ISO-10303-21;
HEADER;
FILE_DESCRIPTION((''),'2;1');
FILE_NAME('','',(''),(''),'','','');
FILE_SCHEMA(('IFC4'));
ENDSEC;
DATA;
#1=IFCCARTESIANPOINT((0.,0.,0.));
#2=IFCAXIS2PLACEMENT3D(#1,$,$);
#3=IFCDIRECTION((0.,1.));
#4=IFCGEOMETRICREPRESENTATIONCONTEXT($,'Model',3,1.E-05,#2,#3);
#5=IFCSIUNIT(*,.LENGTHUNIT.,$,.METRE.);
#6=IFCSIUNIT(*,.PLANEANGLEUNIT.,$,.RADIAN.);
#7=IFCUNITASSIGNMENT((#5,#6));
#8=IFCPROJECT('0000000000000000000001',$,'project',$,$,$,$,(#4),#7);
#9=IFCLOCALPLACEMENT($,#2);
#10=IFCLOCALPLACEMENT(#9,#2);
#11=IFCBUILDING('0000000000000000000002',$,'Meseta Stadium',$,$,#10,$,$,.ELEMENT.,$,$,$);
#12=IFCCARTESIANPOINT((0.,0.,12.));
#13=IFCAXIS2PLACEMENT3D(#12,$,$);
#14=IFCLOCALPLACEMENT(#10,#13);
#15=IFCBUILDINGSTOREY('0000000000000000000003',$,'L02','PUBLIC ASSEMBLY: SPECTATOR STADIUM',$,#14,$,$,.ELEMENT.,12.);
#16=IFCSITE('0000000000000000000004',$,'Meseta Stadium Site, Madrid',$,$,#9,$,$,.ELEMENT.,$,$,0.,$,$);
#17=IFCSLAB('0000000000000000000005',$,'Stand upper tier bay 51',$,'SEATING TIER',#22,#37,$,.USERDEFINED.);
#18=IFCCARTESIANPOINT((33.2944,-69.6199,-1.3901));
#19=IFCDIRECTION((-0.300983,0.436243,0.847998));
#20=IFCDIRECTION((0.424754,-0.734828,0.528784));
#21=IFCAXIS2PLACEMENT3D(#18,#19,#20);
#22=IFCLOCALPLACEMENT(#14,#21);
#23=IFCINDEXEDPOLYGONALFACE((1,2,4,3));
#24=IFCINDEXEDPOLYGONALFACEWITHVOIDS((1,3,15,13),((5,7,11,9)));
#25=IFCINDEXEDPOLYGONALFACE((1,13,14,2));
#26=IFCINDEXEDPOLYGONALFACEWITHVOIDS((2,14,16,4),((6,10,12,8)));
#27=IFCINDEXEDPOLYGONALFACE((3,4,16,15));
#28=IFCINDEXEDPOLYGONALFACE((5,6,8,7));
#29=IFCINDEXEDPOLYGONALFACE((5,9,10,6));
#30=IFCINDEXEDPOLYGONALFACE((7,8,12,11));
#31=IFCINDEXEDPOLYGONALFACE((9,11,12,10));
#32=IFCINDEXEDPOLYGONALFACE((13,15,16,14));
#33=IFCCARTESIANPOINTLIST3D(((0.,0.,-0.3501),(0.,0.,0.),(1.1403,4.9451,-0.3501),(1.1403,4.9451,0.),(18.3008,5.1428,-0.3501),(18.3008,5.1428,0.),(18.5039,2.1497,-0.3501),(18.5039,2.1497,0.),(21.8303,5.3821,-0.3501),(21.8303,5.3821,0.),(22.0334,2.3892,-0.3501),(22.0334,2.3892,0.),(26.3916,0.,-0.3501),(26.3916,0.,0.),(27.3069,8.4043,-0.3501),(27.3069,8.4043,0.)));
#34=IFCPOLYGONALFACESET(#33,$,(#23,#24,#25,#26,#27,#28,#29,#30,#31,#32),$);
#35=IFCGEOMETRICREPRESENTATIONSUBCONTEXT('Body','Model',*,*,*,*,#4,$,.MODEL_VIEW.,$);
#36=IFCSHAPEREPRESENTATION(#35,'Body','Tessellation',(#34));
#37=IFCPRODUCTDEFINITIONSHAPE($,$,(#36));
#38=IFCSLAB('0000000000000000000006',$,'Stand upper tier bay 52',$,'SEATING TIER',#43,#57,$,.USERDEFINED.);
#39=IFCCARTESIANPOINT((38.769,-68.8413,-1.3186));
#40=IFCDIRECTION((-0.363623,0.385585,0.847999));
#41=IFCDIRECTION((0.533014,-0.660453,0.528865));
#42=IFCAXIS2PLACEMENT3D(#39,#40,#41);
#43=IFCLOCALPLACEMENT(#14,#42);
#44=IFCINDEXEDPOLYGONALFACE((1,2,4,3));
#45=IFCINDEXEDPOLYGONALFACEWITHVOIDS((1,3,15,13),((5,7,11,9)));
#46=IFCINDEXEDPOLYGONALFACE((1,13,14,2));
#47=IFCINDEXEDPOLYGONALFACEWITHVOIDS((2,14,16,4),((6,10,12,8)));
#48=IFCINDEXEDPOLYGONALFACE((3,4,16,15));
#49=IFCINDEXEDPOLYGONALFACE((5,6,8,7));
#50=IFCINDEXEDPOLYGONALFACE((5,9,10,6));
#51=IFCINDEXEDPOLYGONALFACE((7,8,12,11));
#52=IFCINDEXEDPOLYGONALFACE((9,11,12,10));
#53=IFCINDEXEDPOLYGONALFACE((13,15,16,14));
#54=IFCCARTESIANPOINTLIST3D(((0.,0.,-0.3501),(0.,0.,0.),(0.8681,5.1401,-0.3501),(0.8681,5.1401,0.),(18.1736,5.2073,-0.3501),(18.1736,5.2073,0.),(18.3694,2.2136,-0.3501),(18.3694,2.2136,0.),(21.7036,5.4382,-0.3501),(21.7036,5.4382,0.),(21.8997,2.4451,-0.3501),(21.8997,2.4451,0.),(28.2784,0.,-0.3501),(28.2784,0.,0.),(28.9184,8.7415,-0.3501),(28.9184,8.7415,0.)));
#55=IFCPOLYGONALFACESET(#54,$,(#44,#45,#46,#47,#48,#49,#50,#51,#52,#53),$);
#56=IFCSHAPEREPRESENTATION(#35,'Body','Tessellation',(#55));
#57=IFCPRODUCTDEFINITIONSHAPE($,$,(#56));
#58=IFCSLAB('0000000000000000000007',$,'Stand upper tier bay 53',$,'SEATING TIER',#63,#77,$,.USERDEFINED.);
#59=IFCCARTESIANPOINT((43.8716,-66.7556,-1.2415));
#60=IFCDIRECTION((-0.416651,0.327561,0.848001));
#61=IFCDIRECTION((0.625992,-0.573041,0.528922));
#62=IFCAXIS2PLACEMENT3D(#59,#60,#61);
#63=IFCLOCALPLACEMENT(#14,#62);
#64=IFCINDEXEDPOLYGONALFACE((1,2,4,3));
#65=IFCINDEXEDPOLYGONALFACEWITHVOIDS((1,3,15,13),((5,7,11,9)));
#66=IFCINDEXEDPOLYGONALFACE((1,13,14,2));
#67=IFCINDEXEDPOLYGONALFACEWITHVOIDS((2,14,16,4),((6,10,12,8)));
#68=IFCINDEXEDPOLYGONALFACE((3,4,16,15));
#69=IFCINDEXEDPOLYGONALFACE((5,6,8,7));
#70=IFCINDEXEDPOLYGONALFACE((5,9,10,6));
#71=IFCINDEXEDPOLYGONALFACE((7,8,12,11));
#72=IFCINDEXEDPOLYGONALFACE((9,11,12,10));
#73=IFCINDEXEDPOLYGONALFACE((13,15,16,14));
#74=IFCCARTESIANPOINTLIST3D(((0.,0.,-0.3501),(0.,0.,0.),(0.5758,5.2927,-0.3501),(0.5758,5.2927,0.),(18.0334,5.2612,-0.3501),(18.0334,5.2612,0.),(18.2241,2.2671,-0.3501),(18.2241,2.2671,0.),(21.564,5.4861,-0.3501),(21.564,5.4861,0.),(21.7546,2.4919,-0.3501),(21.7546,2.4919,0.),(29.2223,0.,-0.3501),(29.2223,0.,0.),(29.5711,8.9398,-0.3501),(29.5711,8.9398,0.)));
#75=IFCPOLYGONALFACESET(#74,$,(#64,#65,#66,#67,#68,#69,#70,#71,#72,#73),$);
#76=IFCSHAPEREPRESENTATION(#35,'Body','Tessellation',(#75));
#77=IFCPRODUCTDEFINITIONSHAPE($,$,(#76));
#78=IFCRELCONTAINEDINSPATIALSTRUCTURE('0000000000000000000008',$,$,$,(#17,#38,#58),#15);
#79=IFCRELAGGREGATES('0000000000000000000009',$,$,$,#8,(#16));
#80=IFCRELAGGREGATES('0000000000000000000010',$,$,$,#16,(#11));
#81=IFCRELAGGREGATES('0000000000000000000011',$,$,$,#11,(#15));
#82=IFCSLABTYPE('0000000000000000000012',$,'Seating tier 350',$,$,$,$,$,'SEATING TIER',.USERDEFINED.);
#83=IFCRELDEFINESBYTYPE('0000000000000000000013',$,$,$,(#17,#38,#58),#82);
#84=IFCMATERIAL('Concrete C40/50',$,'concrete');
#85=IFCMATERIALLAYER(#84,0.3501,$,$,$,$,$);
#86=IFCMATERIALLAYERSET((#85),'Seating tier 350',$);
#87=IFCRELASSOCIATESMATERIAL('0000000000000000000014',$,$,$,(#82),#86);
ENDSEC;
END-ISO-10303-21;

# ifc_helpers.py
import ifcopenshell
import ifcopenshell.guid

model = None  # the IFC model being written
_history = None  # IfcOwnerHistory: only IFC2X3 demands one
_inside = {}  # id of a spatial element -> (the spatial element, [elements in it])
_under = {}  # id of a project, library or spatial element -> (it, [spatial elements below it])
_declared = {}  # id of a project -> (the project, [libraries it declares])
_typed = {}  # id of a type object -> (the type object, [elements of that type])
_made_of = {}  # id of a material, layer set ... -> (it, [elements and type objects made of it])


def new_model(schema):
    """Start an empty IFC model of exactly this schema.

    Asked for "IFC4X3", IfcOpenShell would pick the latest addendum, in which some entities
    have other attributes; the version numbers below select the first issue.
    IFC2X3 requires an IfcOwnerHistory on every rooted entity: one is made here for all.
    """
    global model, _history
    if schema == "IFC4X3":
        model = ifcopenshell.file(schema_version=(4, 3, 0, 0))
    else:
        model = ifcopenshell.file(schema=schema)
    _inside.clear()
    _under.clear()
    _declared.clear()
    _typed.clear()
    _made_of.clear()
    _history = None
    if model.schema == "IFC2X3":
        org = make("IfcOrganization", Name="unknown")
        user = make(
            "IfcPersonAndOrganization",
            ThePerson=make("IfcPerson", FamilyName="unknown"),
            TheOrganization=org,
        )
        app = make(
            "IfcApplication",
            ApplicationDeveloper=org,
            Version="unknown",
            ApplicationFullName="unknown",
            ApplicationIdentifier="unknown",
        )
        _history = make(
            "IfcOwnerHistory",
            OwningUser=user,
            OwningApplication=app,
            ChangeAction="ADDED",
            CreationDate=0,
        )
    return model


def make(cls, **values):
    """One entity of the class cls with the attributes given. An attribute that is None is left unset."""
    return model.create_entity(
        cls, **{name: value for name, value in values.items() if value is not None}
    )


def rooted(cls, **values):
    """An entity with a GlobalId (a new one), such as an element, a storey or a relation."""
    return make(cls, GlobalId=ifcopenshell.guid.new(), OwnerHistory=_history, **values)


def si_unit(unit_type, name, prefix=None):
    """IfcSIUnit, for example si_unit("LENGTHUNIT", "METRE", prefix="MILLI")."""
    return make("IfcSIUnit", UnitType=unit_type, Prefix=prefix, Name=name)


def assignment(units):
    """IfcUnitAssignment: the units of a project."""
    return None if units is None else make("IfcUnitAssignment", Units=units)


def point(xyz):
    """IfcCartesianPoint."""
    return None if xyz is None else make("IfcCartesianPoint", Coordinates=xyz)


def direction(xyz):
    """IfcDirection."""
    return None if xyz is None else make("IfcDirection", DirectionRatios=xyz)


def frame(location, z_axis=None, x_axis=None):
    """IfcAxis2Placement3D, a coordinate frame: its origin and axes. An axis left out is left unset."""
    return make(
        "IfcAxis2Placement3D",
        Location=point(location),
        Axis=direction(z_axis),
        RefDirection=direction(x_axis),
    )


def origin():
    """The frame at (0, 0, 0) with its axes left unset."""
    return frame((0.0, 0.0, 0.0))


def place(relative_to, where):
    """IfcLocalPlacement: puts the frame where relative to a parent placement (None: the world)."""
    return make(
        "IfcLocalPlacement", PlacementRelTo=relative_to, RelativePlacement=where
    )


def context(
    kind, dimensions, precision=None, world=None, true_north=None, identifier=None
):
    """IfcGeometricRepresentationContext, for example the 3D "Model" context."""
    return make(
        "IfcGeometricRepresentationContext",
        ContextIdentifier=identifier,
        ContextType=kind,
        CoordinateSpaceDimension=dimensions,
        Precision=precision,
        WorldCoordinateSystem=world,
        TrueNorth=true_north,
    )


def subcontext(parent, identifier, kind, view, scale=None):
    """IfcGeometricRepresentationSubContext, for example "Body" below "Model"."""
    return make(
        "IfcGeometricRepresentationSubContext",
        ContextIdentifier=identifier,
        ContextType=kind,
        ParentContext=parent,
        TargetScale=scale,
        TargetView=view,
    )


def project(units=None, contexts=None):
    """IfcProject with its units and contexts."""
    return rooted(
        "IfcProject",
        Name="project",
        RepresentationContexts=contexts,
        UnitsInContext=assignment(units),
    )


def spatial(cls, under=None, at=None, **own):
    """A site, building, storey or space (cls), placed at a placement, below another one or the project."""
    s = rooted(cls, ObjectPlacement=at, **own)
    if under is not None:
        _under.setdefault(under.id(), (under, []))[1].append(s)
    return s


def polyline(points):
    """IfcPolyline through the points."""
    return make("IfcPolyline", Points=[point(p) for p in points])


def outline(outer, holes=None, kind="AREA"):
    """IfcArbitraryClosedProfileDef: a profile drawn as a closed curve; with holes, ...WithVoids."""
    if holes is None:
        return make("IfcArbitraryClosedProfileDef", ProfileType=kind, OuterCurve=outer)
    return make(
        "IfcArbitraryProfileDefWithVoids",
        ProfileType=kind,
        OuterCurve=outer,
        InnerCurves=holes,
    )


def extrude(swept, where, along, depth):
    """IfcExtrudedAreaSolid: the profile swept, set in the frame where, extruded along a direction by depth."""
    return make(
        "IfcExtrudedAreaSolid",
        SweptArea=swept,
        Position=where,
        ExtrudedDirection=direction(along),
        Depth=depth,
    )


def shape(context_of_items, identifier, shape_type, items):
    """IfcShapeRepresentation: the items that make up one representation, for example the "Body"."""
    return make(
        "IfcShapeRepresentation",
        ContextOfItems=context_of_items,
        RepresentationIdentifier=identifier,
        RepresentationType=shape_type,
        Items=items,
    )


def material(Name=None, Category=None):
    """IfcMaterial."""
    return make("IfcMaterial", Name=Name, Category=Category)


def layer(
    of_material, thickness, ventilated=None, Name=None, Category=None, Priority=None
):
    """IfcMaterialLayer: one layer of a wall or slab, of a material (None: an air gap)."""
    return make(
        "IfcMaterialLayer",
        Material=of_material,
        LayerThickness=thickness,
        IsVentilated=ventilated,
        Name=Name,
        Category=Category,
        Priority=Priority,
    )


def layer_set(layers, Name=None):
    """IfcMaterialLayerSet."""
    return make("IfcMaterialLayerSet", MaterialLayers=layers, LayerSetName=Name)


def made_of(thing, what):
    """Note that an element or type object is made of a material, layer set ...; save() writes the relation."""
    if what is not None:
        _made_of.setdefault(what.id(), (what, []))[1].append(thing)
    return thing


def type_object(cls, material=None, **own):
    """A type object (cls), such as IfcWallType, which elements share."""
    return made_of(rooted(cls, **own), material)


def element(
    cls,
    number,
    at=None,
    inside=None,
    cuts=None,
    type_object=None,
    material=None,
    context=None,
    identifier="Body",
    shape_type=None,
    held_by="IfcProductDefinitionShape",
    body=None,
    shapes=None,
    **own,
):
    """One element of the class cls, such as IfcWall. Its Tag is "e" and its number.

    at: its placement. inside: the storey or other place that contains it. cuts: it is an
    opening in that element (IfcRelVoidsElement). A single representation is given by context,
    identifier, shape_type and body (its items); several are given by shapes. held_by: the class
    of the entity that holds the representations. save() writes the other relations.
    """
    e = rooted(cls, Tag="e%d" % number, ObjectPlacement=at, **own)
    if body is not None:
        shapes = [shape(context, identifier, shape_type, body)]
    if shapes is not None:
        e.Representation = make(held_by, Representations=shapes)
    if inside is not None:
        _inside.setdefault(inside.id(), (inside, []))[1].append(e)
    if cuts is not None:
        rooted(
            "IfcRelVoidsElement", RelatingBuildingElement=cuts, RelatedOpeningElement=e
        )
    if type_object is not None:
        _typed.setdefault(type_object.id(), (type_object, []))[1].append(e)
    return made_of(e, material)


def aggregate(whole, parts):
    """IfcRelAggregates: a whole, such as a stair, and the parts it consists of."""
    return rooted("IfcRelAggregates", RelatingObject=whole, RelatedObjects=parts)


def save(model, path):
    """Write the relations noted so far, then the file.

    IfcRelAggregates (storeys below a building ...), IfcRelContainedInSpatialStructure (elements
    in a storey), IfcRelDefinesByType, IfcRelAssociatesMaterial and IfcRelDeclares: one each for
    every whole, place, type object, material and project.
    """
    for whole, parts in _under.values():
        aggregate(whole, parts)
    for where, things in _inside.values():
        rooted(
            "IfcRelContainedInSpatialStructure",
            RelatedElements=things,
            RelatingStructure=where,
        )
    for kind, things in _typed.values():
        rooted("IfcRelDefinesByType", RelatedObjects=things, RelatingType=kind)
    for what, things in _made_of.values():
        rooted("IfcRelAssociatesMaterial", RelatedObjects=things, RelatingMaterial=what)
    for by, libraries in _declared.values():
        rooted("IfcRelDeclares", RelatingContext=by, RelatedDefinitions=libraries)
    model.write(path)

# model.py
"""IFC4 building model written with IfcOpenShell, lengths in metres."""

from ifc_helpers import new_model, si_unit, direction, frame, origin, place, context, subcontext, project, spatial, polyline, outline, extrude, material, layer, layer_set, type_object, element, save


model = new_model("IFC4")

# Units and contexts
model_context = context("Model", 3, precision=1e-05, world=origin(), true_north=direction((0.0, 1.0)))
body_context = subcontext(model_context, "Body", "Model", "MODEL_VIEW")
ifc_project = project(units=[si_unit("LENGTHUNIT", "METRE"), si_unit("PLANEANGLEUNIT", "RADIAN")], contexts=[model_context])

# Site, building, storey
site_placement = place(None, origin())
site = spatial("IfcSite", under=ifc_project, at=site_placement, Name="Meseta Stadium Site, Madrid", CompositionType="ELEMENT", RefElevation=0.0)
building_placement = place(site_placement, origin())
building = spatial("IfcBuilding", under=site, at=building_placement, Name="Meseta Stadium", CompositionType="ELEMENT")
storey_placement = place(building_placement, frame((0.0, 0.0, 12.0)))
storey = spatial("IfcBuildingStorey", under=building, at=storey_placement, Name="L02", Description="PUBLIC ASSEMBLY: SPECTATOR STADIUM", CompositionType="ELEMENT", Elevation=12.0)

# Slabs
ifc_material_1 = material(Name="Concrete C40/50", Category="concrete")
ifc_layer_1 = layer(ifc_material_1, 0.3501)
ifc_layer_set_1 = layer_set([ifc_layer_1], Name="Seating tier 350")
slab_type = type_object("IfcSlabType", Name="Seating tier 350", ElementType="SEATING TIER", PredefinedType="USERDEFINED", material=ifc_layer_set_1)
slab_1_placement = place(storey_placement, frame((33.2944, -69.6199, -1.3901), z_axis=(-0.300983, 0.436243, 0.847998), x_axis=(0.424754, -0.734828, 0.528784)))
element("IfcSlab", 1, at=slab_1_placement, inside=storey, type_object=slab_type, Name="Stand upper tier bay 51", ObjectType="SEATING TIER", PredefinedType="USERDEFINED", context=body_context, shape_type="SweptSolid", body=[
    extrude(outline(polyline([(0.0, 0.0), (26.3916, 0.0), (27.3069, 8.4043), (1.1403, 4.9451), (0.0, 0.0)]), holes=[polyline([(18.5039, 2.1497), (22.0334, 2.3892), (21.8303, 5.3821), (18.3008, 5.1428), (18.5039, 2.1497)])]), origin(), (0.0, 0.0, -1.0), 0.3501),
])
slab_2_placement = place(storey_placement, frame((38.769, -68.8413, -1.3186), z_axis=(-0.363623, 0.385585, 0.847999), x_axis=(0.533014, -0.660453, 0.528865)))
element("IfcSlab", 2, at=slab_2_placement, inside=storey, type_object=slab_type, Name="Stand upper tier bay 52", ObjectType="SEATING TIER", PredefinedType="USERDEFINED", context=body_context, shape_type="SweptSolid", body=[
    extrude(outline(polyline([(0.0, 0.0), (28.2784, 0.0), (28.9184, 8.7415), (0.8681, 5.1401), (0.0, 0.0)]), holes=[polyline([(18.3694, 2.2136), (21.8997, 2.4451), (21.7036, 5.4382), (18.1736, 5.2073), (18.3694, 2.2136)])]), origin(), (0.0, 0.0, -1.0), 0.3501),
])
slab_3_placement = place(storey_placement, frame((43.8716, -66.7556, -1.2415), z_axis=(-0.416651, 0.327561, 0.848001), x_axis=(0.625992, -0.573041, 0.528922)))
element("IfcSlab", 3, at=slab_3_placement, inside=storey, type_object=slab_type, Name="Stand upper tier bay 53", ObjectType="SEATING TIER", PredefinedType="USERDEFINED", context=body_context, shape_type="SweptSolid", body=[
    extrude(outline(polyline([(0.0, 0.0), (29.2223, 0.0), (29.5711, 8.9398), (0.5758, 5.2927), (0.0, 0.0)]), holes=[polyline([(18.2241, 2.2671), (21.7546, 2.4919), (21.564, 5.4861), (18.0334, 5.2612), (18.2241, 2.2671)])]), origin(), (0.0, 0.0, -1.0), 0.3501),
])

save(model, "model.ifc")
